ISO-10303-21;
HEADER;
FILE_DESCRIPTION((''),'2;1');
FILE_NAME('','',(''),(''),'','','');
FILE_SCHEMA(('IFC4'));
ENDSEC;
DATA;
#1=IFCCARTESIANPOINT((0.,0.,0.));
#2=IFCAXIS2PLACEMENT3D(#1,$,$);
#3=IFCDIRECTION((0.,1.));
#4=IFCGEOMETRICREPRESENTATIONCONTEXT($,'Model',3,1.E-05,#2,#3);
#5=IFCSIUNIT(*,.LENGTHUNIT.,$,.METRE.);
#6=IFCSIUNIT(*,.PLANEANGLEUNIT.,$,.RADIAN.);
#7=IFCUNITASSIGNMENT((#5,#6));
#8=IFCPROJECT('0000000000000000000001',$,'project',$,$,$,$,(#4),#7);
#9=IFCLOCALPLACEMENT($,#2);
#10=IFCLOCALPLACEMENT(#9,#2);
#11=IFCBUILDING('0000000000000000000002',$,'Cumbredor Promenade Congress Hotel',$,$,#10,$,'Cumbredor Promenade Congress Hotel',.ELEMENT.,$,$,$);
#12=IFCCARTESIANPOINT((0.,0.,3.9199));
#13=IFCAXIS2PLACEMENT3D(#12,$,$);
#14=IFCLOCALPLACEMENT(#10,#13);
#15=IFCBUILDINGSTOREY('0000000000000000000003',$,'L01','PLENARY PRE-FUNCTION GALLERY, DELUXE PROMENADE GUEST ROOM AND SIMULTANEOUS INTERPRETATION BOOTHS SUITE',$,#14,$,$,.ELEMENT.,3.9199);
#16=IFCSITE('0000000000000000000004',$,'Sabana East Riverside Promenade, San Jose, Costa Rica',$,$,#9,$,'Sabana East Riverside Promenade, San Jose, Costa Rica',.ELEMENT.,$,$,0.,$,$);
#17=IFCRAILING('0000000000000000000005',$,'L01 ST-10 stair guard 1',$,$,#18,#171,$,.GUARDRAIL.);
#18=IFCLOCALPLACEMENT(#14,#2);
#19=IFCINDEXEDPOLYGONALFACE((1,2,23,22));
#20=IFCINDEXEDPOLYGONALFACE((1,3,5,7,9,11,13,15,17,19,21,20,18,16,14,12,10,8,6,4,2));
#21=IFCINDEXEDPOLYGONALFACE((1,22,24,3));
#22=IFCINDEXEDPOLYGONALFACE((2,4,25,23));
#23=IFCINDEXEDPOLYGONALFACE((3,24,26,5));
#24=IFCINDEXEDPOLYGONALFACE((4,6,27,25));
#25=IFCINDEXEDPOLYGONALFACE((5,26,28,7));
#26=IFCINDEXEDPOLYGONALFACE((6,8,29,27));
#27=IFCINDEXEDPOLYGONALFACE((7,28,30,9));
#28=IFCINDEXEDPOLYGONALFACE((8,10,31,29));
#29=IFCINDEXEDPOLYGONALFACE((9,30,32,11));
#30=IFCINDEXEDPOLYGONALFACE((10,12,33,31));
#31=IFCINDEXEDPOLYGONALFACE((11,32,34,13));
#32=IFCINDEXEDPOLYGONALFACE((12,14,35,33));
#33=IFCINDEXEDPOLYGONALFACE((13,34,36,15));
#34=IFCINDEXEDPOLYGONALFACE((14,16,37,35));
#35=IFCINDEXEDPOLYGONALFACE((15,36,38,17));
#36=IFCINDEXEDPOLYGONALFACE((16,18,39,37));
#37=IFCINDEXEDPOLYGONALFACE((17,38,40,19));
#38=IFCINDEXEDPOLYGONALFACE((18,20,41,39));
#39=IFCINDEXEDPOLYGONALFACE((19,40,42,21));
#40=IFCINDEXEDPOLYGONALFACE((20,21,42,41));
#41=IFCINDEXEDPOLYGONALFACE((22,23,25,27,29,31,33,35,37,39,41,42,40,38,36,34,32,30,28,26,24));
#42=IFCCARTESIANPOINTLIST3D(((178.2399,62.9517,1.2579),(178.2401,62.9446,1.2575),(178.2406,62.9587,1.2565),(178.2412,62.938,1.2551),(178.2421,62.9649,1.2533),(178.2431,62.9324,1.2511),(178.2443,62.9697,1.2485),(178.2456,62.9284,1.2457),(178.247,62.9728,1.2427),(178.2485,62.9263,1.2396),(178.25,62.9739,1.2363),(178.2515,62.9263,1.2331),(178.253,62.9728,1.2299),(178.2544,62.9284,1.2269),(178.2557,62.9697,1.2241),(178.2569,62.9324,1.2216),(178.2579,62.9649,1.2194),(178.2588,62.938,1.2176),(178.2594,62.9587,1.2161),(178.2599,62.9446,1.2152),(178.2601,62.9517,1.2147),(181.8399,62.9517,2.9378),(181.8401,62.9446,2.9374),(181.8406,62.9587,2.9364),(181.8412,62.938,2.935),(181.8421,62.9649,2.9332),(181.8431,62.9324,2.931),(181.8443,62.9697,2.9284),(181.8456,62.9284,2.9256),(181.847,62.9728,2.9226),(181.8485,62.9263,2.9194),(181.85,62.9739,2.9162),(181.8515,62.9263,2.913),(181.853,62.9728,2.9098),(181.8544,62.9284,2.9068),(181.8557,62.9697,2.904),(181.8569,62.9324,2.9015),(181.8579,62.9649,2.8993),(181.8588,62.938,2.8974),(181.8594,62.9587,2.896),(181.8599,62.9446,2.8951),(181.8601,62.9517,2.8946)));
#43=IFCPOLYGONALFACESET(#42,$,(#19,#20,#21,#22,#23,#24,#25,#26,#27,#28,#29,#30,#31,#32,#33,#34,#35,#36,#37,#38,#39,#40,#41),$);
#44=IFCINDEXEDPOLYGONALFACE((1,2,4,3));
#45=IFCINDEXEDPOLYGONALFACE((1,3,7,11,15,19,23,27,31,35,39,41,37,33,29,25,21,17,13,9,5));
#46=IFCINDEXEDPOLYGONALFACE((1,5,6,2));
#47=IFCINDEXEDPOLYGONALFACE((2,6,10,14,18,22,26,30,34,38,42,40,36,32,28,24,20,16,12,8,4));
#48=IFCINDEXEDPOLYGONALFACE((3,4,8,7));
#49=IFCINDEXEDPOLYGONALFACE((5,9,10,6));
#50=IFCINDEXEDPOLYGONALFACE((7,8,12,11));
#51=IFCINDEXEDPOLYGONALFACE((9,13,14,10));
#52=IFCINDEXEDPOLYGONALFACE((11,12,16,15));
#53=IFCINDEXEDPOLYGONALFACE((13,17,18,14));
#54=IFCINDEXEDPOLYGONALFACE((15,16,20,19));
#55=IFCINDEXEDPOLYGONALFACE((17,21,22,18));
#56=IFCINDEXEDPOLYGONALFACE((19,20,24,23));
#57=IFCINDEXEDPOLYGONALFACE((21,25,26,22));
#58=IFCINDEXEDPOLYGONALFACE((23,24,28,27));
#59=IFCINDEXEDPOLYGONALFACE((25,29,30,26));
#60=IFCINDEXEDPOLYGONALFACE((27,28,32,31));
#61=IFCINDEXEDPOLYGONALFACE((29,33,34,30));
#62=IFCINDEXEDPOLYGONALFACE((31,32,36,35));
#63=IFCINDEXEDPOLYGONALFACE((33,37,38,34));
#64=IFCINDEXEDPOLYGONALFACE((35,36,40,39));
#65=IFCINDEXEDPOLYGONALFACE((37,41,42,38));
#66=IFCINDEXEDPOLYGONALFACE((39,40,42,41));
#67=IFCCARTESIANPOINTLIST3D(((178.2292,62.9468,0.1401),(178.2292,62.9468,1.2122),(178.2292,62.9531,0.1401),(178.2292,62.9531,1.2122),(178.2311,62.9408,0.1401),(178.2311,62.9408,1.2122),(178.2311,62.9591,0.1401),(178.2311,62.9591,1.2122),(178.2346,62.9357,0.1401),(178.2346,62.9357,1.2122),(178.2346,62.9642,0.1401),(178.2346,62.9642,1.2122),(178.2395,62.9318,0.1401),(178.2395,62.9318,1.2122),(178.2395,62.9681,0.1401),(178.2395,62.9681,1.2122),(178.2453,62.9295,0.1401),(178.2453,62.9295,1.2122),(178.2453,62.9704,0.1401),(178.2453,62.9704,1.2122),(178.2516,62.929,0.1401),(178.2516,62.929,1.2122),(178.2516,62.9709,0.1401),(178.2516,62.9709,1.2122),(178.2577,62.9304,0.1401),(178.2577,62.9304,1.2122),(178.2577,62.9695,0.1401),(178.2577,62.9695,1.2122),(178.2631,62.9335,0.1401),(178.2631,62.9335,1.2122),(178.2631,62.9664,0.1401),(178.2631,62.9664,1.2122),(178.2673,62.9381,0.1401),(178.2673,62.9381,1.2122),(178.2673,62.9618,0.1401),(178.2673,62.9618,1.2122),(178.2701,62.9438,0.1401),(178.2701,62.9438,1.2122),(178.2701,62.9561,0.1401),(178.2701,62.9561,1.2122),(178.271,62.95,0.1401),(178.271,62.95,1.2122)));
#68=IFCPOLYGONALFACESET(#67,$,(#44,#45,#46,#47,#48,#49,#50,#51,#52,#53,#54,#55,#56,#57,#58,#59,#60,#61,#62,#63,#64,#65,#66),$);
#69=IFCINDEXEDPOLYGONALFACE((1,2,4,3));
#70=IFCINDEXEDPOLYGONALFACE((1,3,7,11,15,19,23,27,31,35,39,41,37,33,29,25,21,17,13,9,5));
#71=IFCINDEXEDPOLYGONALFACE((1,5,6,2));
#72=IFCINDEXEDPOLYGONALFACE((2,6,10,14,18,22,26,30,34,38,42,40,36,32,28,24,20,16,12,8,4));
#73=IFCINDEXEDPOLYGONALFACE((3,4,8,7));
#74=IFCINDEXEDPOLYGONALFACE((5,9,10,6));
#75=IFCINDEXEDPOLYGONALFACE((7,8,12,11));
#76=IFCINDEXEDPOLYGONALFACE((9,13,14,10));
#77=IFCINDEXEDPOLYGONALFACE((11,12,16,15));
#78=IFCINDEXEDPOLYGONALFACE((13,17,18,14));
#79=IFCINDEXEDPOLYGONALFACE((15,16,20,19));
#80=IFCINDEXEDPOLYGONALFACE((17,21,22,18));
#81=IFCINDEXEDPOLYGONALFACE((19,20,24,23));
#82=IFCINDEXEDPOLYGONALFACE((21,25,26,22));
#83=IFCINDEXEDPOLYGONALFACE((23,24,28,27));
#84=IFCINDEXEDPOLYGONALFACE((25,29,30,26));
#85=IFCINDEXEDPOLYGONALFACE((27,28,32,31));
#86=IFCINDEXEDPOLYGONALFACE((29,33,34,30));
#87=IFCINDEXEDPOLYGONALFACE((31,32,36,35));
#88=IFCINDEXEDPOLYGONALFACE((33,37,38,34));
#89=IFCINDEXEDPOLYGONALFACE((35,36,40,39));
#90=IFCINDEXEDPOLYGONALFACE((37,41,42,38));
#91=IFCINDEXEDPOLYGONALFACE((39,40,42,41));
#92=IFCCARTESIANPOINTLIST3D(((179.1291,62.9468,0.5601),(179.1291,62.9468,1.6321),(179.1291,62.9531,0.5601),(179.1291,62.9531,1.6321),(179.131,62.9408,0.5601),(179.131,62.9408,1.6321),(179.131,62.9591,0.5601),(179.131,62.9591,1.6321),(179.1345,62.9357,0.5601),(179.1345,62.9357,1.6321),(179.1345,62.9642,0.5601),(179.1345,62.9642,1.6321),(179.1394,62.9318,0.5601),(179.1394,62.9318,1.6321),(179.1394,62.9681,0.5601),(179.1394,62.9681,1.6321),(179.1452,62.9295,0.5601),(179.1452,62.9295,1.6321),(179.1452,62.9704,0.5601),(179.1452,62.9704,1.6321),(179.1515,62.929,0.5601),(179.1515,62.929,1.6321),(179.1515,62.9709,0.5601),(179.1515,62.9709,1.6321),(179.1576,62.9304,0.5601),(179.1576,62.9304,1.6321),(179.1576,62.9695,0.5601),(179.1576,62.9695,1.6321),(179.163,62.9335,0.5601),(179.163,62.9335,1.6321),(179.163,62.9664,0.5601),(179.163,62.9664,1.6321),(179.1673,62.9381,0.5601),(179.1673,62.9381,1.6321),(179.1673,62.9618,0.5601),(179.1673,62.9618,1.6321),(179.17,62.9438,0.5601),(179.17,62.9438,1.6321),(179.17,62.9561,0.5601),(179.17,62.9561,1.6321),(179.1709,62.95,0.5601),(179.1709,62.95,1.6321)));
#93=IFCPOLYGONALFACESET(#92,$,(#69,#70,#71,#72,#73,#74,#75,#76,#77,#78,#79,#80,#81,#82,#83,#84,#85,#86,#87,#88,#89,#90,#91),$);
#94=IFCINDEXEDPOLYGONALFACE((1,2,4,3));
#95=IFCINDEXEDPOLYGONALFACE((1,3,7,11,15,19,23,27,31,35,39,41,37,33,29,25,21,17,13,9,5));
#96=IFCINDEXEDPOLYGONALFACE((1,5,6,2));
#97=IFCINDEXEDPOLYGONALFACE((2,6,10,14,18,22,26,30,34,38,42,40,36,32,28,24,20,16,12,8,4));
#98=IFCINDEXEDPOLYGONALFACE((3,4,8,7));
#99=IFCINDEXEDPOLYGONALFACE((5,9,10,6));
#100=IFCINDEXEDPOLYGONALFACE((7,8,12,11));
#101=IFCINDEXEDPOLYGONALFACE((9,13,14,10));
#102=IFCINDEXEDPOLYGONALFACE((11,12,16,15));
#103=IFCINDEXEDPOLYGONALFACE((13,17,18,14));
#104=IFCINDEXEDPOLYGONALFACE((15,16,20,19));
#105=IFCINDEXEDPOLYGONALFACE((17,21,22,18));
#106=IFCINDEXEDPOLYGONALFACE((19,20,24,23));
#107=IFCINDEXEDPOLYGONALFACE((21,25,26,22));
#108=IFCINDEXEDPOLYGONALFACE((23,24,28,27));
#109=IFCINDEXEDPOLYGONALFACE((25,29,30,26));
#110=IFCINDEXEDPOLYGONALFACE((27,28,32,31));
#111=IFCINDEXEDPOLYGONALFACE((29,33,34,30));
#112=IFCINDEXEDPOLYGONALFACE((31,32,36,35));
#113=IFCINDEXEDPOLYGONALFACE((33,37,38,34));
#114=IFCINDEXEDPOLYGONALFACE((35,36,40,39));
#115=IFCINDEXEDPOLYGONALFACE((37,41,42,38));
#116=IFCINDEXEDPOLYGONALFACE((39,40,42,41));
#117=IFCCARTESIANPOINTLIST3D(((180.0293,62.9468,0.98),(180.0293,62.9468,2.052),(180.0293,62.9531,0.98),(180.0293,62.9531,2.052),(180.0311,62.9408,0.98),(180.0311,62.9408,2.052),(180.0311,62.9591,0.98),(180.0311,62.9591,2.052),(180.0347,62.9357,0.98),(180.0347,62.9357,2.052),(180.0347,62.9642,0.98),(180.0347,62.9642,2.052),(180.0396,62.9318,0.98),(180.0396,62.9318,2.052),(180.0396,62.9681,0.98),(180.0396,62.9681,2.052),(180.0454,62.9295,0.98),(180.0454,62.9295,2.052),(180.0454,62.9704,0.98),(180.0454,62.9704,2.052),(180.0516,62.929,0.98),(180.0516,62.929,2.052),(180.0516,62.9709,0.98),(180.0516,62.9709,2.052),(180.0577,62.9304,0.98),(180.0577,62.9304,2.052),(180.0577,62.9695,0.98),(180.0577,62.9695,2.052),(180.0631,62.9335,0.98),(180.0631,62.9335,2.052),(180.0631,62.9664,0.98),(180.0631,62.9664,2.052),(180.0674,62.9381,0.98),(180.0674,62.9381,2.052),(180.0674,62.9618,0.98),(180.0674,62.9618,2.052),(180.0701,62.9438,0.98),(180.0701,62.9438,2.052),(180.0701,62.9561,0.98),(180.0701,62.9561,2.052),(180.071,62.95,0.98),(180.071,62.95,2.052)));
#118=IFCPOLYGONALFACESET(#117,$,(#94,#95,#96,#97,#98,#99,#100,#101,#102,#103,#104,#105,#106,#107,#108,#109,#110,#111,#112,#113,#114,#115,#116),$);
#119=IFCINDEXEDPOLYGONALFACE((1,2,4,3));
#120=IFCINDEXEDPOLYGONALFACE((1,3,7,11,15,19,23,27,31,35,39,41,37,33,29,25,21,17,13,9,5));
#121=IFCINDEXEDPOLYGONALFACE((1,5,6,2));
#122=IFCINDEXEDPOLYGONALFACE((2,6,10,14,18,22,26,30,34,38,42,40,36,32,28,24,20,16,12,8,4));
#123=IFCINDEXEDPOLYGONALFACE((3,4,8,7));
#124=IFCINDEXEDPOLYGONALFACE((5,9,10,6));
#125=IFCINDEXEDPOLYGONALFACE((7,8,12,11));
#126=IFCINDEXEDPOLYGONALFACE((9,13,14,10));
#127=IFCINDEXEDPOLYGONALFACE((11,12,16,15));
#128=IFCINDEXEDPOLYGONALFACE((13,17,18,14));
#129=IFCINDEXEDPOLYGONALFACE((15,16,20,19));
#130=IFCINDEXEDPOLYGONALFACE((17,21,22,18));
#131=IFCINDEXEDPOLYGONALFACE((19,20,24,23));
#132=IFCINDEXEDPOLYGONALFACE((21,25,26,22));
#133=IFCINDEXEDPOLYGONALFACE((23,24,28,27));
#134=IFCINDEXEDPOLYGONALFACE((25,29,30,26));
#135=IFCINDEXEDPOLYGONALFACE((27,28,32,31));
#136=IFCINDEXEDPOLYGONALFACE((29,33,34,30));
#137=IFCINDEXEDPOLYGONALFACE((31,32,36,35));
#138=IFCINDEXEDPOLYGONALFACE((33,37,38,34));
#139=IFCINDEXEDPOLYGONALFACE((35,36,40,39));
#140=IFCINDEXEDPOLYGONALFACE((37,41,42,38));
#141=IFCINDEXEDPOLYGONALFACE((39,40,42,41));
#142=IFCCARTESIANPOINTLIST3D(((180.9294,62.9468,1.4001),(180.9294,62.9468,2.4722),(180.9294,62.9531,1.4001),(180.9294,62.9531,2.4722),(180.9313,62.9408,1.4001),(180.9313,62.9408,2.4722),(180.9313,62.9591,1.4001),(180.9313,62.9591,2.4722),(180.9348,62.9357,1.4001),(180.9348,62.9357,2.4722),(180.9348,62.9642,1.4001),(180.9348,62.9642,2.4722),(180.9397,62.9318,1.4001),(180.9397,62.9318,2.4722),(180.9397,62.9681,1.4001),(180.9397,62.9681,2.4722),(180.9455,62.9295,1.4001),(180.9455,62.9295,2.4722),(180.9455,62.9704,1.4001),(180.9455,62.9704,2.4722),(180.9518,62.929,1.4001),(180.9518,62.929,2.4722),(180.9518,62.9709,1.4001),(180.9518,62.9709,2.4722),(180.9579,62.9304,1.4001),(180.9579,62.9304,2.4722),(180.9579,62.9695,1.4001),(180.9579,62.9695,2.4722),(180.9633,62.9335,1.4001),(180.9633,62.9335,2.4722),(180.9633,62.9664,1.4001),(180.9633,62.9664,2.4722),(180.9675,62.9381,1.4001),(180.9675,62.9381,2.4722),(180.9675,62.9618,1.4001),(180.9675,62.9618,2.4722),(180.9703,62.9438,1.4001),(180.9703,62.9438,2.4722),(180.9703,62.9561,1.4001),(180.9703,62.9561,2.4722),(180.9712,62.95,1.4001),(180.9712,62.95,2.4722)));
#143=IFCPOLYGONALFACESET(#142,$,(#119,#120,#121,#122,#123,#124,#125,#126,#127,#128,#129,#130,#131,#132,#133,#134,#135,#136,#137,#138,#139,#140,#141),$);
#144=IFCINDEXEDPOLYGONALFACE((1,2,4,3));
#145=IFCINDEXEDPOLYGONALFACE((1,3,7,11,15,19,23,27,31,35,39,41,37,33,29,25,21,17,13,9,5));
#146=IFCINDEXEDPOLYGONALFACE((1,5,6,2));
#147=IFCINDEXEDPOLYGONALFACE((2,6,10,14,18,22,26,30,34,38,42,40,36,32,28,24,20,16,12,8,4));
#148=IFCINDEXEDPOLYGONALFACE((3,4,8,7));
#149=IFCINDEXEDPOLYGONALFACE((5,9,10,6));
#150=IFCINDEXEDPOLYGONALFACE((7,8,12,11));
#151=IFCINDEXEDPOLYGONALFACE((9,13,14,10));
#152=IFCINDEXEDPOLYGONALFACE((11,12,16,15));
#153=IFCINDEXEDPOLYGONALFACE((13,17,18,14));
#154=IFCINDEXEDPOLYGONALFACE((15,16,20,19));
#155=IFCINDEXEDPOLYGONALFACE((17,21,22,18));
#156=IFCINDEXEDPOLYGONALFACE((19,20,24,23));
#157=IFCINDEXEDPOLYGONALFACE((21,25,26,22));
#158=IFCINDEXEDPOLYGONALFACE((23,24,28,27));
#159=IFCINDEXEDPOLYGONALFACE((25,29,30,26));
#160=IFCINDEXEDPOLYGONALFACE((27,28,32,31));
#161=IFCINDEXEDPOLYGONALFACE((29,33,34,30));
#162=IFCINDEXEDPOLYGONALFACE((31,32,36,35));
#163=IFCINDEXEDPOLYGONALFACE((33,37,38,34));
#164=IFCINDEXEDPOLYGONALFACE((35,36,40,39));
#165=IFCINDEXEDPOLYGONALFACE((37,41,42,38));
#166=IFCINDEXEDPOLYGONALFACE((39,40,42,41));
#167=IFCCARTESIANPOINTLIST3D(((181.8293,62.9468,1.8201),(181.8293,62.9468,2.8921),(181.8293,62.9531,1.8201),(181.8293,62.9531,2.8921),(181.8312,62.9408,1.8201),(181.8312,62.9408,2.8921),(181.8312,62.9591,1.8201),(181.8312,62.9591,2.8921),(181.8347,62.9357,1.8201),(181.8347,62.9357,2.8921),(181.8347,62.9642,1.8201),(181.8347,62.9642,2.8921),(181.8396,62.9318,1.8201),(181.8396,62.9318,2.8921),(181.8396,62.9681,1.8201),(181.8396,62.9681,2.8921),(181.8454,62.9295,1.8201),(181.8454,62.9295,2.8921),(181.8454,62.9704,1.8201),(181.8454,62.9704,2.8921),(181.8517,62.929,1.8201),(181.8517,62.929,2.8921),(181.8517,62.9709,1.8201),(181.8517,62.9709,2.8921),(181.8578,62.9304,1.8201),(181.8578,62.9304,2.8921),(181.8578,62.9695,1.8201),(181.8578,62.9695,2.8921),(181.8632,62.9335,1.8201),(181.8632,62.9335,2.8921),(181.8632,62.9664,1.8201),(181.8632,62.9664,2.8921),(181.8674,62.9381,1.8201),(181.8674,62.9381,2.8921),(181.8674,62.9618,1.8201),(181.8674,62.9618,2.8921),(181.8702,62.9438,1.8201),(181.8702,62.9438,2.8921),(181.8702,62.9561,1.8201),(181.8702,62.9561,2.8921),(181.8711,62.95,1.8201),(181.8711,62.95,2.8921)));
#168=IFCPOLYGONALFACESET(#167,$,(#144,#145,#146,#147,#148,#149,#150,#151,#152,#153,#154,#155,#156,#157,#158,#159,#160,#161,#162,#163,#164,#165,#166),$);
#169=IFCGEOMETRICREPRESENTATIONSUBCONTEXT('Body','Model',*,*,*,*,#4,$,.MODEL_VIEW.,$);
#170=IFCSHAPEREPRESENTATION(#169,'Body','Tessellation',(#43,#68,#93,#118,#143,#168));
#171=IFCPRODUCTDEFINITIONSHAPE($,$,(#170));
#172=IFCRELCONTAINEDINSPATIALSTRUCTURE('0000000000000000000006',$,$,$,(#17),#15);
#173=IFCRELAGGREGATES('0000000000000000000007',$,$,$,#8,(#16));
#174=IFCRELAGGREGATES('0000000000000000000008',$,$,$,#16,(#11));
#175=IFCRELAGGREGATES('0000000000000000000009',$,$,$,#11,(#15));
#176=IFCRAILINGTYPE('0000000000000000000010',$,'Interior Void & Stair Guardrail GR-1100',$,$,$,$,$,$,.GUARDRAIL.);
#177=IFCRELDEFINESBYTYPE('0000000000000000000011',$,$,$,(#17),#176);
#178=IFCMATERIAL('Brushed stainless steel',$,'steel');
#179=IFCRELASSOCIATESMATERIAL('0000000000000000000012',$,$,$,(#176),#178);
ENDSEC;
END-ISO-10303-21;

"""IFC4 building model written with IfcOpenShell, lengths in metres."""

from ifc_helpers import new_model, si_unit, direction, frame, origin, origin_2d, place, context, subcontext, project, spatial, circle, extrude, material, type_object, element, save


model = new_model("IFC4")

# Units and contexts
model_context = context("Model", 3, precision=1e-05, world=origin(), true_north=direction((0.0, 1.0)))
body_context = subcontext(model_context, "Body", "Model", "MODEL_VIEW")
ifc_project = project(units=[si_unit("LENGTHUNIT", "METRE"), si_unit("PLANEANGLEUNIT", "RADIAN")], contexts=[model_context])

# Site, building, storey
site_placement = place(None, origin())
site = spatial("IfcSite", under=ifc_project, at=site_placement, Name="Sabana East Riverside Promenade, San Jose, Costa Rica", LongName="Sabana East Riverside Promenade, San Jose, Costa Rica", CompositionType="ELEMENT", RefElevation=0.0)
building_placement = place(site_placement, origin())
building = spatial("IfcBuilding", under=site, at=building_placement, Name="Cumbredor Promenade Congress Hotel", LongName="Cumbredor Promenade Congress Hotel", CompositionType="ELEMENT")
storey_placement = place(building_placement, frame((0.0, 0.0, 3.9199)))
storey = spatial("IfcBuildingStorey", under=building, at=storey_placement, Name="L01", Description="PLENARY PRE-FUNCTION GALLERY, DELUXE PROMENADE GUEST ROOM AND SIMULTANEOUS INTERPRETATION BOOTHS SUITE", CompositionType="ELEMENT", Elevation=3.9199)

# Railing
ifc_material_1 = material(Name="Brushed stainless steel", Category="steel")
railing_type_1 = type_object("IfcRailingType", Name="Interior Void & Stair Guardrail GR-1100", PredefinedType="GUARDRAIL", material=ifc_material_1)
railing_1_placement = place(storey_placement, frame((178.25, 62.95, 0.1401)))
element("IfcRailing", 1, at=railing_1_placement, inside=storey, type_object=railing_type_1, Name="L01 ST-10 stair guard 1", PredefinedType="GUARDRAIL", context=body_context, shape_type="SweptSolid", body=[
    extrude(circle(Radius=0.0239, at=origin_2d()), frame((0.0, 0.0, 1.0962), z_axis=(0.906194, 0.0, 0.422862), x_axis=(0.0, 1.0, 0.0)), (0.0, 0.0, 1.0), 3.9727),
    extrude(circle(Radius=0.021, at=origin_2d()), origin(), (0.0, 0.0, 1.0), 1.072),
    extrude(circle(Radius=0.021, at=origin_2d()), frame((0.8999, 0.0, 0.4199)), (0.0, 0.0, 1.0), 1.072),
    extrude(circle(Radius=0.021, at=origin_2d()), frame((1.8, 0.0, 0.8398)), (0.0, 0.0, 1.0), 1.072),
    extrude(circle(Radius=0.021, at=origin_2d()), frame((2.7002, 0.0, 1.26)), (0.0, 0.0, 1.0), 1.072),
    extrude(circle(Radius=0.021, at=origin_2d()), frame((3.6001, 0.0, 1.6799)), (0.0, 0.0, 1.0), 1.072),
])

save(model, "model.ifc")
